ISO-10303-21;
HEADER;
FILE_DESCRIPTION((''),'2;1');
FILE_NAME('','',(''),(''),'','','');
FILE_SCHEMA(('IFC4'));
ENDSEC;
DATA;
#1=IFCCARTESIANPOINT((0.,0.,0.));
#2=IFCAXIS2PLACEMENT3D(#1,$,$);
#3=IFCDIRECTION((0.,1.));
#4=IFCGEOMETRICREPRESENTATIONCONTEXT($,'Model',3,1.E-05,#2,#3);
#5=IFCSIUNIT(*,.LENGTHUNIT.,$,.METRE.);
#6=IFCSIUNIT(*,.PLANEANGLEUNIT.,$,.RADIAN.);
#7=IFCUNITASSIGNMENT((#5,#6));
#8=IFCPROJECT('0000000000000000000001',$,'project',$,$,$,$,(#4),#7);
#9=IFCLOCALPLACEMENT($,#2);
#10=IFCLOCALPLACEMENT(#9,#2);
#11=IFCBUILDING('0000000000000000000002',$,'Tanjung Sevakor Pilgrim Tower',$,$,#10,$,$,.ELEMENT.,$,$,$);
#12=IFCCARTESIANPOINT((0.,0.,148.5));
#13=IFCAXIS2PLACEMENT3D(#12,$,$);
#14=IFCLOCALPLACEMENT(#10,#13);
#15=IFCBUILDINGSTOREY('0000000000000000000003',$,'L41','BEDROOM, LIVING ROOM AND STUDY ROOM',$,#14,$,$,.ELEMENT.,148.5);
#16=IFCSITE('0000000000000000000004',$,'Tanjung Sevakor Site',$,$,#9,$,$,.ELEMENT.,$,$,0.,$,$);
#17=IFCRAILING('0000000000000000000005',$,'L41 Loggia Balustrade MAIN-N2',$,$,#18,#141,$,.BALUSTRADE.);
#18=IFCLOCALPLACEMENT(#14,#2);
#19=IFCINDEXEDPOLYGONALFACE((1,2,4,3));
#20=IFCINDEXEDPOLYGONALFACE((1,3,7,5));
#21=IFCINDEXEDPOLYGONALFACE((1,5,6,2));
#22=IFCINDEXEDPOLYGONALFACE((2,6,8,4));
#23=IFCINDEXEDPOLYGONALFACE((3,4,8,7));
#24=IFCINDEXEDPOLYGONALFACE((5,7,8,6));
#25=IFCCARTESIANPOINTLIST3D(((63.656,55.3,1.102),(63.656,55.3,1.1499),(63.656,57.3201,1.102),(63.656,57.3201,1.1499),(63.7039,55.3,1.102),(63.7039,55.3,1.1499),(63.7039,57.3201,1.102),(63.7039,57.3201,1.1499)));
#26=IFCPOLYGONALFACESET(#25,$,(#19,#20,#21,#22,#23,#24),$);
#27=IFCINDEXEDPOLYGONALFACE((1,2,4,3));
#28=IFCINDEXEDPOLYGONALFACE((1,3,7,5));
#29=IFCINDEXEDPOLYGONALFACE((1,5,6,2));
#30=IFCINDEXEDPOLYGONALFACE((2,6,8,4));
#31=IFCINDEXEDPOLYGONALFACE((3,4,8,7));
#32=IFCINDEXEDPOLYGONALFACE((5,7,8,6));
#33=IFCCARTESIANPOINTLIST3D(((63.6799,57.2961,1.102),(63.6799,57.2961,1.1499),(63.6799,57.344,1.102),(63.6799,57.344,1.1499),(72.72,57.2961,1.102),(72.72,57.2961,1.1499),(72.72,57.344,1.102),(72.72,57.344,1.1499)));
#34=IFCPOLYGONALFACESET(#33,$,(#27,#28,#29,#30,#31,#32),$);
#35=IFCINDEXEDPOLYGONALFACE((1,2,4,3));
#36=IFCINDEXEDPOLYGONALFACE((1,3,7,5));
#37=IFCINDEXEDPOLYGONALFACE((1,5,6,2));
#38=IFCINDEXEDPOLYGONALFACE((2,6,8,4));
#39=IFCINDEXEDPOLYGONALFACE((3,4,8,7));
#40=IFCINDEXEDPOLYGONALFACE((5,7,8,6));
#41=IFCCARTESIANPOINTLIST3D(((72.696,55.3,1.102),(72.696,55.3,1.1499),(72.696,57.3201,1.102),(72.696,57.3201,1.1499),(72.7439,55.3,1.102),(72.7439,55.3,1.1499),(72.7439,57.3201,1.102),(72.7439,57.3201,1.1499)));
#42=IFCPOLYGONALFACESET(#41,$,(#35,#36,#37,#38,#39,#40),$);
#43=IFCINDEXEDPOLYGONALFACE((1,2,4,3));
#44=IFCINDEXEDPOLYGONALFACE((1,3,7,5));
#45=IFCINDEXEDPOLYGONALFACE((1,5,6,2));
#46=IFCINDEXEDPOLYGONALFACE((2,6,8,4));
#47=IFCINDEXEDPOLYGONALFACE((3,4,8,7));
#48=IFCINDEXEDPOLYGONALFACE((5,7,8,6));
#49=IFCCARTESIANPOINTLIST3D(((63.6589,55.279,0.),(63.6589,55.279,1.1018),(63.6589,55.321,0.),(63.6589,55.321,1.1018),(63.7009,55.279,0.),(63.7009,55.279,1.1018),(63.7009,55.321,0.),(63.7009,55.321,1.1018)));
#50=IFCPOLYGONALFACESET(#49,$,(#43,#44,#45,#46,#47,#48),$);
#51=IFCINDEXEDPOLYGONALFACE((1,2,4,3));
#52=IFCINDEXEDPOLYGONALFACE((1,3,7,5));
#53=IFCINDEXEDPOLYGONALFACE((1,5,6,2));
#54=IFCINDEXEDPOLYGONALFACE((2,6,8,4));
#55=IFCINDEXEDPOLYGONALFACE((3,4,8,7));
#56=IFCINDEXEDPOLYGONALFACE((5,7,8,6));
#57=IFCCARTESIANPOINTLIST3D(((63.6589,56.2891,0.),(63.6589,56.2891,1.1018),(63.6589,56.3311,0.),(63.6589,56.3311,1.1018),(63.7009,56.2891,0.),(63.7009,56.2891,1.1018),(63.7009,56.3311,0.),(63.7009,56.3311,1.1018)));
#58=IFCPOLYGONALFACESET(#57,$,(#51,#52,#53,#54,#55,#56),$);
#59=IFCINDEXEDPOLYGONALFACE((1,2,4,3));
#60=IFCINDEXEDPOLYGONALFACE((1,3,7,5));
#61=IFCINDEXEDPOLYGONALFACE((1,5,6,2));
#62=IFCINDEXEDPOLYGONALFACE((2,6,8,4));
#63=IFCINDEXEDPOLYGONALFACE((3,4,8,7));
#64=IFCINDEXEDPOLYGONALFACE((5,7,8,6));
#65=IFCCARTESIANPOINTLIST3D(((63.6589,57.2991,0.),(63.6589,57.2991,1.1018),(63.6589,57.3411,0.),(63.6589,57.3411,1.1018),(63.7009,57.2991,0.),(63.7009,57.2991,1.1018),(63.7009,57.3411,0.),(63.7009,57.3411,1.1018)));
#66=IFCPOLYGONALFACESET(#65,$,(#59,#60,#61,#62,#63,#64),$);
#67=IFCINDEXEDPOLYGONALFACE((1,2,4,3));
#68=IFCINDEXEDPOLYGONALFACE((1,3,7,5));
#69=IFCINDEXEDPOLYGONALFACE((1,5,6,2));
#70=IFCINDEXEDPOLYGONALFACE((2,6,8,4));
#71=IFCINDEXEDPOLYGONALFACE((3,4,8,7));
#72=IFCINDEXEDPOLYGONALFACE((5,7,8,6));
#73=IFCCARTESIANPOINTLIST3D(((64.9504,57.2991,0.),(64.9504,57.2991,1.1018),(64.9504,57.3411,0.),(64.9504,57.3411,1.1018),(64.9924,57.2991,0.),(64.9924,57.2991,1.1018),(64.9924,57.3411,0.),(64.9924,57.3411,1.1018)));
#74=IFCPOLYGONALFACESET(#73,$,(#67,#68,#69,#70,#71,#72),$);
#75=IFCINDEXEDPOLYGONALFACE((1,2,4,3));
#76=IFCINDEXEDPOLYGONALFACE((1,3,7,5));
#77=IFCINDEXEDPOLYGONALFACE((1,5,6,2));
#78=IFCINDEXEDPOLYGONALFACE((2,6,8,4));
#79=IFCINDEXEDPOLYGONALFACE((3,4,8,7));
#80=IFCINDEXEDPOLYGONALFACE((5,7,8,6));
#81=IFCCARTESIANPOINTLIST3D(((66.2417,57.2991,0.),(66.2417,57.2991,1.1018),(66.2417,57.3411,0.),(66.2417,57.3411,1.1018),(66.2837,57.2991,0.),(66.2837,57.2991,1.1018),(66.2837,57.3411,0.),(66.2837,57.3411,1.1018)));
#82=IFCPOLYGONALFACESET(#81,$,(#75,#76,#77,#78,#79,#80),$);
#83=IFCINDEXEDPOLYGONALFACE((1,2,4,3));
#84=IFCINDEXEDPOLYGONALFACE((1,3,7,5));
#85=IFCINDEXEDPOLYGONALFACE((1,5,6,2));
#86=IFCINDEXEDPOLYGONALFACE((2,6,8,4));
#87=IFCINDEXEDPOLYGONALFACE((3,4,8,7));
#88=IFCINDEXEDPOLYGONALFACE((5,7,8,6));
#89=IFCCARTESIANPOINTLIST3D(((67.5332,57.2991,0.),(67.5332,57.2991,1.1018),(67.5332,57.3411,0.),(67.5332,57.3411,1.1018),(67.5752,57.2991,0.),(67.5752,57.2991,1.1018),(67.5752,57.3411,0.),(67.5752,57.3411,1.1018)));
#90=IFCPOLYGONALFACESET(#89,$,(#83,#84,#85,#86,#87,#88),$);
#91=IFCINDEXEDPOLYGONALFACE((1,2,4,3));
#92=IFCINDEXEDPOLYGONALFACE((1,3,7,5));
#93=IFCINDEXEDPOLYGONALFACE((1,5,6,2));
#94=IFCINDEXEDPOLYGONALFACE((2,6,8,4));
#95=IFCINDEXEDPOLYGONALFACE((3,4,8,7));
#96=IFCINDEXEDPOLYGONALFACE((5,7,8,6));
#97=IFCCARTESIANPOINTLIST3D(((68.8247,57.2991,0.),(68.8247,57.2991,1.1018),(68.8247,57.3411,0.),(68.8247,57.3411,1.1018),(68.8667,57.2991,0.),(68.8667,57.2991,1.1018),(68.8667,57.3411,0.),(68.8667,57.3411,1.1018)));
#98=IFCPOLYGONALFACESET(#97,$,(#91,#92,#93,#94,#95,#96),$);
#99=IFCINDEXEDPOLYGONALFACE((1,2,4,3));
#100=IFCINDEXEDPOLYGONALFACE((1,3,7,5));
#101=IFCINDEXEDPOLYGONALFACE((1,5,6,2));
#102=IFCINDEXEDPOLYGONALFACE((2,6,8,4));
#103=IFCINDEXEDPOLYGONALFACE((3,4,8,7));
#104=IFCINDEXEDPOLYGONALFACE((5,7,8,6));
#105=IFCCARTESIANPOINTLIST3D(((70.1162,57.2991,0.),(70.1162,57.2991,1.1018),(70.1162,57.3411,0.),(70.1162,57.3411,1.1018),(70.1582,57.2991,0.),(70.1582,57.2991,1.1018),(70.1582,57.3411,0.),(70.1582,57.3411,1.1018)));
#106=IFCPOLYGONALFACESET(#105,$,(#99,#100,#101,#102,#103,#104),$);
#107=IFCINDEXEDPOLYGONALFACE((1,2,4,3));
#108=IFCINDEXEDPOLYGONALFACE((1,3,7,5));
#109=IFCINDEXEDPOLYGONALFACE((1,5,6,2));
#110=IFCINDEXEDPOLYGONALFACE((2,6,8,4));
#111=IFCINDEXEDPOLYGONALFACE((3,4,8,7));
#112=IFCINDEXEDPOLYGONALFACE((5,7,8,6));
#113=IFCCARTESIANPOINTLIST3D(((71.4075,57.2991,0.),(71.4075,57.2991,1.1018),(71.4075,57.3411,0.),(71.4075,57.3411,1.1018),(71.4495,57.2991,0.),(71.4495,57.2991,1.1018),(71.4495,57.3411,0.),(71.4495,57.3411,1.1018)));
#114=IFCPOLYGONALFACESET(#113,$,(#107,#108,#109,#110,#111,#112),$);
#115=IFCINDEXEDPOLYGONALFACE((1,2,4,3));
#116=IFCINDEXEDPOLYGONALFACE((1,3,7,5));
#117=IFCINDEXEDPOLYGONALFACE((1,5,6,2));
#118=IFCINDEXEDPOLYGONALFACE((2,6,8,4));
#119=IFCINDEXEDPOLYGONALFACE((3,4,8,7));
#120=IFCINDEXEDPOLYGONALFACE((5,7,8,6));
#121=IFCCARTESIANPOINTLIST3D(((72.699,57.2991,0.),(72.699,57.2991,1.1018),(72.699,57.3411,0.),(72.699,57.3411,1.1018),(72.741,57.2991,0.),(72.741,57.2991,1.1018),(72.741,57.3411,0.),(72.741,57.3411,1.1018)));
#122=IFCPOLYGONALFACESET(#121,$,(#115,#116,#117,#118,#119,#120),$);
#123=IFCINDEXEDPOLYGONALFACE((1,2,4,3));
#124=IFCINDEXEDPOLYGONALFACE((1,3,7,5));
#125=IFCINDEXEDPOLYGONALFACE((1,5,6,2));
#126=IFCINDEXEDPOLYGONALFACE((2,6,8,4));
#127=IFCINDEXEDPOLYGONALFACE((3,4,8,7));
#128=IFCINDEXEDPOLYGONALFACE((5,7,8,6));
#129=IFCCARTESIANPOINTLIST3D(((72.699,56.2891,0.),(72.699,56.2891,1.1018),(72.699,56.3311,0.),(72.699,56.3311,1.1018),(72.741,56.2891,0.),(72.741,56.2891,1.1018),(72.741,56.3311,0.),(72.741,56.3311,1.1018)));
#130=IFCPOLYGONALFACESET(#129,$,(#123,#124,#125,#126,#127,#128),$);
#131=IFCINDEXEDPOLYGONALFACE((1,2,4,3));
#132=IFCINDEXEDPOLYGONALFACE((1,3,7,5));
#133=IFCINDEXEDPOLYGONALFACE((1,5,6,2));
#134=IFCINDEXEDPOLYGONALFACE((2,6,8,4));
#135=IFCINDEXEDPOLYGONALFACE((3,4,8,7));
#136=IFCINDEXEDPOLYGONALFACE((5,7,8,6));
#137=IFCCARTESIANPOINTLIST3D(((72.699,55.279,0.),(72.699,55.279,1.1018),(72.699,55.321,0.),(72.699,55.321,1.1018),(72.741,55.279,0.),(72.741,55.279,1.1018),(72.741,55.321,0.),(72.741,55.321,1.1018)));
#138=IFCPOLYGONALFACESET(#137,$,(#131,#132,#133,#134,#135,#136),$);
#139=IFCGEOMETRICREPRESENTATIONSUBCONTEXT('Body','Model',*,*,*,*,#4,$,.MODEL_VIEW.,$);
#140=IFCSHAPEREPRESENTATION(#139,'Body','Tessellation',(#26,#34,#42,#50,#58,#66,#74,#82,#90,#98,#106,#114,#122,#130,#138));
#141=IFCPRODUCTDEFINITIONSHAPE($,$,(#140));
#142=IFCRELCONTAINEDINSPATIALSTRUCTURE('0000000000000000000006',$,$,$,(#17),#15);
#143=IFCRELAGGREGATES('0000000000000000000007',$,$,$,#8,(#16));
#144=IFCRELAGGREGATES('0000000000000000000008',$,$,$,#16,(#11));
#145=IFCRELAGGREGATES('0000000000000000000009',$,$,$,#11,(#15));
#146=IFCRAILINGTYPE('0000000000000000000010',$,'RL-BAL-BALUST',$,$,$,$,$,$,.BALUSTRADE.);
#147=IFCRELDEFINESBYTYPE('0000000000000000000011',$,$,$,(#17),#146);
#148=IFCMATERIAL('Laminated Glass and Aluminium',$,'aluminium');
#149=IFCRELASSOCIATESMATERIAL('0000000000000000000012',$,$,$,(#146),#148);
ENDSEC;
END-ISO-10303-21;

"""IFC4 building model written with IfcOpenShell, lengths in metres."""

from ifc_helpers import new_model, si_unit, direction, frame, origin, place, context, subcontext, project, spatial, rectangle, extrude, material, type_object, element, save


model = new_model("IFC4")

# Units and contexts
model_context = context("Model", 3, precision=1e-05, world=origin(), true_north=direction((0.0, 1.0)))
body_context = subcontext(model_context, "Body", "Model", "MODEL_VIEW")
ifc_project = project(units=[si_unit("LENGTHUNIT", "METRE"), si_unit("PLANEANGLEUNIT", "RADIAN")], contexts=[model_context])

# Site, building, storey
site_placement = place(None, origin())
site = spatial("IfcSite", under=ifc_project, at=site_placement, Name="Tanjung Sevakor Site", CompositionType="ELEMENT", RefElevation=0.0)
building_placement = place(site_placement, origin())
building = spatial("IfcBuilding", under=site, at=building_placement, Name="Tanjung Sevakor Pilgrim Tower", CompositionType="ELEMENT")
storey_placement = place(building_placement, frame((0.0, 0.0, 148.5)))
storey = spatial("IfcBuildingStorey", under=building, at=storey_placement, Name="L41", Description="BEDROOM, LIVING ROOM AND STUDY ROOM", CompositionType="ELEMENT", Elevation=148.5)

# Railing
ifc_material_1 = material(Name="Laminated Glass and Aluminium", Category="aluminium")
railing_type = type_object("IfcRailingType", Name="RL-BAL-BALUST", PredefinedType="BALUSTRADE", material=ifc_material_1)
railing_placement = place(storey_placement, frame((63.6799, 55.3, 0.0)))
element("IfcRailing", 1, at=railing_placement, inside=storey, type_object=railing_type, Name="L41 Loggia Balustrade MAIN-N2", PredefinedType="BALUSTRADE", context=body_context, shape_type="SweptSolid", body=[
    extrude(rectangle(XDim=0.0479, YDim=0.0479), frame((0.0, 0.0, 1.126), z_axis=(0.0, 1.0, 0.0), x_axis=(-1.0, 0.0, 0.0)), (0.0, 0.0, 1.0), 2.02),
    extrude(rectangle(XDim=0.0479, YDim=0.0479), frame((0.0, 2.02, 1.126), z_axis=(1.0, 0.0, 0.0), x_axis=(0.0, 1.0, 0.0)), (0.0, 0.0, 1.0), 9.04),
    extrude(rectangle(XDim=0.0479, YDim=0.0479), frame((9.04, 2.02, 1.126), z_axis=(0.0, -1.0, 0.0), x_axis=(1.0, 0.0, 0.0)), (0.0, 0.0, 1.0), 2.02),
    extrude(rectangle(XDim=0.042, YDim=0.042), origin(), (0.0, 0.0, 1.0), 1.1018),
    extrude(rectangle(XDim=0.042, YDim=0.042), frame((0.0, 1.01, 0.0)), (0.0, 0.0, 1.0), 1.1018),
    extrude(rectangle(XDim=0.042, YDim=0.042), frame((0.0, 2.02, 0.0)), (0.0, 0.0, 1.0), 1.1018),
    extrude(rectangle(XDim=0.042, YDim=0.042), frame((1.2915, 2.02, 0.0)), (0.0, 0.0, 1.0), 1.1018),
    extrude(rectangle(XDim=0.042, YDim=0.042), frame((2.5828, 2.02, 0.0)), (0.0, 0.0, 1.0), 1.1018),
    extrude(rectangle(XDim=0.042, YDim=0.042), frame((3.8743, 2.02, 0.0)), (0.0, 0.0, 1.0), 1.1018),
    extrude(rectangle(XDim=0.042, YDim=0.042), frame((5.1658, 2.02, 0.0)), (0.0, 0.0, 1.0), 1.1018),
    extrude(rectangle(XDim=0.042, YDim=0.042), frame((6.4573, 2.02, 0.0)), (0.0, 0.0, 1.0), 1.1018),
    extrude(rectangle(XDim=0.042, YDim=0.042), frame((7.7485, 2.02, 0.0)), (0.0, 0.0, 1.0), 1.1018),
    extrude(rectangle(XDim=0.042, YDim=0.042), frame((9.04, 2.02, 0.0)), (0.0, 0.0, 1.0), 1.1018),
    extrude(rectangle(XDim=0.042, YDim=0.042), frame((9.04, 1.01, 0.0)), (0.0, 0.0, 1.0), 1.1018),
    extrude(rectangle(XDim=0.042, YDim=0.042), frame((9.04, 0.0, 0.0)), (0.0, 0.0, 1.0), 1.1018),
])

save(model, "model.ifc")
